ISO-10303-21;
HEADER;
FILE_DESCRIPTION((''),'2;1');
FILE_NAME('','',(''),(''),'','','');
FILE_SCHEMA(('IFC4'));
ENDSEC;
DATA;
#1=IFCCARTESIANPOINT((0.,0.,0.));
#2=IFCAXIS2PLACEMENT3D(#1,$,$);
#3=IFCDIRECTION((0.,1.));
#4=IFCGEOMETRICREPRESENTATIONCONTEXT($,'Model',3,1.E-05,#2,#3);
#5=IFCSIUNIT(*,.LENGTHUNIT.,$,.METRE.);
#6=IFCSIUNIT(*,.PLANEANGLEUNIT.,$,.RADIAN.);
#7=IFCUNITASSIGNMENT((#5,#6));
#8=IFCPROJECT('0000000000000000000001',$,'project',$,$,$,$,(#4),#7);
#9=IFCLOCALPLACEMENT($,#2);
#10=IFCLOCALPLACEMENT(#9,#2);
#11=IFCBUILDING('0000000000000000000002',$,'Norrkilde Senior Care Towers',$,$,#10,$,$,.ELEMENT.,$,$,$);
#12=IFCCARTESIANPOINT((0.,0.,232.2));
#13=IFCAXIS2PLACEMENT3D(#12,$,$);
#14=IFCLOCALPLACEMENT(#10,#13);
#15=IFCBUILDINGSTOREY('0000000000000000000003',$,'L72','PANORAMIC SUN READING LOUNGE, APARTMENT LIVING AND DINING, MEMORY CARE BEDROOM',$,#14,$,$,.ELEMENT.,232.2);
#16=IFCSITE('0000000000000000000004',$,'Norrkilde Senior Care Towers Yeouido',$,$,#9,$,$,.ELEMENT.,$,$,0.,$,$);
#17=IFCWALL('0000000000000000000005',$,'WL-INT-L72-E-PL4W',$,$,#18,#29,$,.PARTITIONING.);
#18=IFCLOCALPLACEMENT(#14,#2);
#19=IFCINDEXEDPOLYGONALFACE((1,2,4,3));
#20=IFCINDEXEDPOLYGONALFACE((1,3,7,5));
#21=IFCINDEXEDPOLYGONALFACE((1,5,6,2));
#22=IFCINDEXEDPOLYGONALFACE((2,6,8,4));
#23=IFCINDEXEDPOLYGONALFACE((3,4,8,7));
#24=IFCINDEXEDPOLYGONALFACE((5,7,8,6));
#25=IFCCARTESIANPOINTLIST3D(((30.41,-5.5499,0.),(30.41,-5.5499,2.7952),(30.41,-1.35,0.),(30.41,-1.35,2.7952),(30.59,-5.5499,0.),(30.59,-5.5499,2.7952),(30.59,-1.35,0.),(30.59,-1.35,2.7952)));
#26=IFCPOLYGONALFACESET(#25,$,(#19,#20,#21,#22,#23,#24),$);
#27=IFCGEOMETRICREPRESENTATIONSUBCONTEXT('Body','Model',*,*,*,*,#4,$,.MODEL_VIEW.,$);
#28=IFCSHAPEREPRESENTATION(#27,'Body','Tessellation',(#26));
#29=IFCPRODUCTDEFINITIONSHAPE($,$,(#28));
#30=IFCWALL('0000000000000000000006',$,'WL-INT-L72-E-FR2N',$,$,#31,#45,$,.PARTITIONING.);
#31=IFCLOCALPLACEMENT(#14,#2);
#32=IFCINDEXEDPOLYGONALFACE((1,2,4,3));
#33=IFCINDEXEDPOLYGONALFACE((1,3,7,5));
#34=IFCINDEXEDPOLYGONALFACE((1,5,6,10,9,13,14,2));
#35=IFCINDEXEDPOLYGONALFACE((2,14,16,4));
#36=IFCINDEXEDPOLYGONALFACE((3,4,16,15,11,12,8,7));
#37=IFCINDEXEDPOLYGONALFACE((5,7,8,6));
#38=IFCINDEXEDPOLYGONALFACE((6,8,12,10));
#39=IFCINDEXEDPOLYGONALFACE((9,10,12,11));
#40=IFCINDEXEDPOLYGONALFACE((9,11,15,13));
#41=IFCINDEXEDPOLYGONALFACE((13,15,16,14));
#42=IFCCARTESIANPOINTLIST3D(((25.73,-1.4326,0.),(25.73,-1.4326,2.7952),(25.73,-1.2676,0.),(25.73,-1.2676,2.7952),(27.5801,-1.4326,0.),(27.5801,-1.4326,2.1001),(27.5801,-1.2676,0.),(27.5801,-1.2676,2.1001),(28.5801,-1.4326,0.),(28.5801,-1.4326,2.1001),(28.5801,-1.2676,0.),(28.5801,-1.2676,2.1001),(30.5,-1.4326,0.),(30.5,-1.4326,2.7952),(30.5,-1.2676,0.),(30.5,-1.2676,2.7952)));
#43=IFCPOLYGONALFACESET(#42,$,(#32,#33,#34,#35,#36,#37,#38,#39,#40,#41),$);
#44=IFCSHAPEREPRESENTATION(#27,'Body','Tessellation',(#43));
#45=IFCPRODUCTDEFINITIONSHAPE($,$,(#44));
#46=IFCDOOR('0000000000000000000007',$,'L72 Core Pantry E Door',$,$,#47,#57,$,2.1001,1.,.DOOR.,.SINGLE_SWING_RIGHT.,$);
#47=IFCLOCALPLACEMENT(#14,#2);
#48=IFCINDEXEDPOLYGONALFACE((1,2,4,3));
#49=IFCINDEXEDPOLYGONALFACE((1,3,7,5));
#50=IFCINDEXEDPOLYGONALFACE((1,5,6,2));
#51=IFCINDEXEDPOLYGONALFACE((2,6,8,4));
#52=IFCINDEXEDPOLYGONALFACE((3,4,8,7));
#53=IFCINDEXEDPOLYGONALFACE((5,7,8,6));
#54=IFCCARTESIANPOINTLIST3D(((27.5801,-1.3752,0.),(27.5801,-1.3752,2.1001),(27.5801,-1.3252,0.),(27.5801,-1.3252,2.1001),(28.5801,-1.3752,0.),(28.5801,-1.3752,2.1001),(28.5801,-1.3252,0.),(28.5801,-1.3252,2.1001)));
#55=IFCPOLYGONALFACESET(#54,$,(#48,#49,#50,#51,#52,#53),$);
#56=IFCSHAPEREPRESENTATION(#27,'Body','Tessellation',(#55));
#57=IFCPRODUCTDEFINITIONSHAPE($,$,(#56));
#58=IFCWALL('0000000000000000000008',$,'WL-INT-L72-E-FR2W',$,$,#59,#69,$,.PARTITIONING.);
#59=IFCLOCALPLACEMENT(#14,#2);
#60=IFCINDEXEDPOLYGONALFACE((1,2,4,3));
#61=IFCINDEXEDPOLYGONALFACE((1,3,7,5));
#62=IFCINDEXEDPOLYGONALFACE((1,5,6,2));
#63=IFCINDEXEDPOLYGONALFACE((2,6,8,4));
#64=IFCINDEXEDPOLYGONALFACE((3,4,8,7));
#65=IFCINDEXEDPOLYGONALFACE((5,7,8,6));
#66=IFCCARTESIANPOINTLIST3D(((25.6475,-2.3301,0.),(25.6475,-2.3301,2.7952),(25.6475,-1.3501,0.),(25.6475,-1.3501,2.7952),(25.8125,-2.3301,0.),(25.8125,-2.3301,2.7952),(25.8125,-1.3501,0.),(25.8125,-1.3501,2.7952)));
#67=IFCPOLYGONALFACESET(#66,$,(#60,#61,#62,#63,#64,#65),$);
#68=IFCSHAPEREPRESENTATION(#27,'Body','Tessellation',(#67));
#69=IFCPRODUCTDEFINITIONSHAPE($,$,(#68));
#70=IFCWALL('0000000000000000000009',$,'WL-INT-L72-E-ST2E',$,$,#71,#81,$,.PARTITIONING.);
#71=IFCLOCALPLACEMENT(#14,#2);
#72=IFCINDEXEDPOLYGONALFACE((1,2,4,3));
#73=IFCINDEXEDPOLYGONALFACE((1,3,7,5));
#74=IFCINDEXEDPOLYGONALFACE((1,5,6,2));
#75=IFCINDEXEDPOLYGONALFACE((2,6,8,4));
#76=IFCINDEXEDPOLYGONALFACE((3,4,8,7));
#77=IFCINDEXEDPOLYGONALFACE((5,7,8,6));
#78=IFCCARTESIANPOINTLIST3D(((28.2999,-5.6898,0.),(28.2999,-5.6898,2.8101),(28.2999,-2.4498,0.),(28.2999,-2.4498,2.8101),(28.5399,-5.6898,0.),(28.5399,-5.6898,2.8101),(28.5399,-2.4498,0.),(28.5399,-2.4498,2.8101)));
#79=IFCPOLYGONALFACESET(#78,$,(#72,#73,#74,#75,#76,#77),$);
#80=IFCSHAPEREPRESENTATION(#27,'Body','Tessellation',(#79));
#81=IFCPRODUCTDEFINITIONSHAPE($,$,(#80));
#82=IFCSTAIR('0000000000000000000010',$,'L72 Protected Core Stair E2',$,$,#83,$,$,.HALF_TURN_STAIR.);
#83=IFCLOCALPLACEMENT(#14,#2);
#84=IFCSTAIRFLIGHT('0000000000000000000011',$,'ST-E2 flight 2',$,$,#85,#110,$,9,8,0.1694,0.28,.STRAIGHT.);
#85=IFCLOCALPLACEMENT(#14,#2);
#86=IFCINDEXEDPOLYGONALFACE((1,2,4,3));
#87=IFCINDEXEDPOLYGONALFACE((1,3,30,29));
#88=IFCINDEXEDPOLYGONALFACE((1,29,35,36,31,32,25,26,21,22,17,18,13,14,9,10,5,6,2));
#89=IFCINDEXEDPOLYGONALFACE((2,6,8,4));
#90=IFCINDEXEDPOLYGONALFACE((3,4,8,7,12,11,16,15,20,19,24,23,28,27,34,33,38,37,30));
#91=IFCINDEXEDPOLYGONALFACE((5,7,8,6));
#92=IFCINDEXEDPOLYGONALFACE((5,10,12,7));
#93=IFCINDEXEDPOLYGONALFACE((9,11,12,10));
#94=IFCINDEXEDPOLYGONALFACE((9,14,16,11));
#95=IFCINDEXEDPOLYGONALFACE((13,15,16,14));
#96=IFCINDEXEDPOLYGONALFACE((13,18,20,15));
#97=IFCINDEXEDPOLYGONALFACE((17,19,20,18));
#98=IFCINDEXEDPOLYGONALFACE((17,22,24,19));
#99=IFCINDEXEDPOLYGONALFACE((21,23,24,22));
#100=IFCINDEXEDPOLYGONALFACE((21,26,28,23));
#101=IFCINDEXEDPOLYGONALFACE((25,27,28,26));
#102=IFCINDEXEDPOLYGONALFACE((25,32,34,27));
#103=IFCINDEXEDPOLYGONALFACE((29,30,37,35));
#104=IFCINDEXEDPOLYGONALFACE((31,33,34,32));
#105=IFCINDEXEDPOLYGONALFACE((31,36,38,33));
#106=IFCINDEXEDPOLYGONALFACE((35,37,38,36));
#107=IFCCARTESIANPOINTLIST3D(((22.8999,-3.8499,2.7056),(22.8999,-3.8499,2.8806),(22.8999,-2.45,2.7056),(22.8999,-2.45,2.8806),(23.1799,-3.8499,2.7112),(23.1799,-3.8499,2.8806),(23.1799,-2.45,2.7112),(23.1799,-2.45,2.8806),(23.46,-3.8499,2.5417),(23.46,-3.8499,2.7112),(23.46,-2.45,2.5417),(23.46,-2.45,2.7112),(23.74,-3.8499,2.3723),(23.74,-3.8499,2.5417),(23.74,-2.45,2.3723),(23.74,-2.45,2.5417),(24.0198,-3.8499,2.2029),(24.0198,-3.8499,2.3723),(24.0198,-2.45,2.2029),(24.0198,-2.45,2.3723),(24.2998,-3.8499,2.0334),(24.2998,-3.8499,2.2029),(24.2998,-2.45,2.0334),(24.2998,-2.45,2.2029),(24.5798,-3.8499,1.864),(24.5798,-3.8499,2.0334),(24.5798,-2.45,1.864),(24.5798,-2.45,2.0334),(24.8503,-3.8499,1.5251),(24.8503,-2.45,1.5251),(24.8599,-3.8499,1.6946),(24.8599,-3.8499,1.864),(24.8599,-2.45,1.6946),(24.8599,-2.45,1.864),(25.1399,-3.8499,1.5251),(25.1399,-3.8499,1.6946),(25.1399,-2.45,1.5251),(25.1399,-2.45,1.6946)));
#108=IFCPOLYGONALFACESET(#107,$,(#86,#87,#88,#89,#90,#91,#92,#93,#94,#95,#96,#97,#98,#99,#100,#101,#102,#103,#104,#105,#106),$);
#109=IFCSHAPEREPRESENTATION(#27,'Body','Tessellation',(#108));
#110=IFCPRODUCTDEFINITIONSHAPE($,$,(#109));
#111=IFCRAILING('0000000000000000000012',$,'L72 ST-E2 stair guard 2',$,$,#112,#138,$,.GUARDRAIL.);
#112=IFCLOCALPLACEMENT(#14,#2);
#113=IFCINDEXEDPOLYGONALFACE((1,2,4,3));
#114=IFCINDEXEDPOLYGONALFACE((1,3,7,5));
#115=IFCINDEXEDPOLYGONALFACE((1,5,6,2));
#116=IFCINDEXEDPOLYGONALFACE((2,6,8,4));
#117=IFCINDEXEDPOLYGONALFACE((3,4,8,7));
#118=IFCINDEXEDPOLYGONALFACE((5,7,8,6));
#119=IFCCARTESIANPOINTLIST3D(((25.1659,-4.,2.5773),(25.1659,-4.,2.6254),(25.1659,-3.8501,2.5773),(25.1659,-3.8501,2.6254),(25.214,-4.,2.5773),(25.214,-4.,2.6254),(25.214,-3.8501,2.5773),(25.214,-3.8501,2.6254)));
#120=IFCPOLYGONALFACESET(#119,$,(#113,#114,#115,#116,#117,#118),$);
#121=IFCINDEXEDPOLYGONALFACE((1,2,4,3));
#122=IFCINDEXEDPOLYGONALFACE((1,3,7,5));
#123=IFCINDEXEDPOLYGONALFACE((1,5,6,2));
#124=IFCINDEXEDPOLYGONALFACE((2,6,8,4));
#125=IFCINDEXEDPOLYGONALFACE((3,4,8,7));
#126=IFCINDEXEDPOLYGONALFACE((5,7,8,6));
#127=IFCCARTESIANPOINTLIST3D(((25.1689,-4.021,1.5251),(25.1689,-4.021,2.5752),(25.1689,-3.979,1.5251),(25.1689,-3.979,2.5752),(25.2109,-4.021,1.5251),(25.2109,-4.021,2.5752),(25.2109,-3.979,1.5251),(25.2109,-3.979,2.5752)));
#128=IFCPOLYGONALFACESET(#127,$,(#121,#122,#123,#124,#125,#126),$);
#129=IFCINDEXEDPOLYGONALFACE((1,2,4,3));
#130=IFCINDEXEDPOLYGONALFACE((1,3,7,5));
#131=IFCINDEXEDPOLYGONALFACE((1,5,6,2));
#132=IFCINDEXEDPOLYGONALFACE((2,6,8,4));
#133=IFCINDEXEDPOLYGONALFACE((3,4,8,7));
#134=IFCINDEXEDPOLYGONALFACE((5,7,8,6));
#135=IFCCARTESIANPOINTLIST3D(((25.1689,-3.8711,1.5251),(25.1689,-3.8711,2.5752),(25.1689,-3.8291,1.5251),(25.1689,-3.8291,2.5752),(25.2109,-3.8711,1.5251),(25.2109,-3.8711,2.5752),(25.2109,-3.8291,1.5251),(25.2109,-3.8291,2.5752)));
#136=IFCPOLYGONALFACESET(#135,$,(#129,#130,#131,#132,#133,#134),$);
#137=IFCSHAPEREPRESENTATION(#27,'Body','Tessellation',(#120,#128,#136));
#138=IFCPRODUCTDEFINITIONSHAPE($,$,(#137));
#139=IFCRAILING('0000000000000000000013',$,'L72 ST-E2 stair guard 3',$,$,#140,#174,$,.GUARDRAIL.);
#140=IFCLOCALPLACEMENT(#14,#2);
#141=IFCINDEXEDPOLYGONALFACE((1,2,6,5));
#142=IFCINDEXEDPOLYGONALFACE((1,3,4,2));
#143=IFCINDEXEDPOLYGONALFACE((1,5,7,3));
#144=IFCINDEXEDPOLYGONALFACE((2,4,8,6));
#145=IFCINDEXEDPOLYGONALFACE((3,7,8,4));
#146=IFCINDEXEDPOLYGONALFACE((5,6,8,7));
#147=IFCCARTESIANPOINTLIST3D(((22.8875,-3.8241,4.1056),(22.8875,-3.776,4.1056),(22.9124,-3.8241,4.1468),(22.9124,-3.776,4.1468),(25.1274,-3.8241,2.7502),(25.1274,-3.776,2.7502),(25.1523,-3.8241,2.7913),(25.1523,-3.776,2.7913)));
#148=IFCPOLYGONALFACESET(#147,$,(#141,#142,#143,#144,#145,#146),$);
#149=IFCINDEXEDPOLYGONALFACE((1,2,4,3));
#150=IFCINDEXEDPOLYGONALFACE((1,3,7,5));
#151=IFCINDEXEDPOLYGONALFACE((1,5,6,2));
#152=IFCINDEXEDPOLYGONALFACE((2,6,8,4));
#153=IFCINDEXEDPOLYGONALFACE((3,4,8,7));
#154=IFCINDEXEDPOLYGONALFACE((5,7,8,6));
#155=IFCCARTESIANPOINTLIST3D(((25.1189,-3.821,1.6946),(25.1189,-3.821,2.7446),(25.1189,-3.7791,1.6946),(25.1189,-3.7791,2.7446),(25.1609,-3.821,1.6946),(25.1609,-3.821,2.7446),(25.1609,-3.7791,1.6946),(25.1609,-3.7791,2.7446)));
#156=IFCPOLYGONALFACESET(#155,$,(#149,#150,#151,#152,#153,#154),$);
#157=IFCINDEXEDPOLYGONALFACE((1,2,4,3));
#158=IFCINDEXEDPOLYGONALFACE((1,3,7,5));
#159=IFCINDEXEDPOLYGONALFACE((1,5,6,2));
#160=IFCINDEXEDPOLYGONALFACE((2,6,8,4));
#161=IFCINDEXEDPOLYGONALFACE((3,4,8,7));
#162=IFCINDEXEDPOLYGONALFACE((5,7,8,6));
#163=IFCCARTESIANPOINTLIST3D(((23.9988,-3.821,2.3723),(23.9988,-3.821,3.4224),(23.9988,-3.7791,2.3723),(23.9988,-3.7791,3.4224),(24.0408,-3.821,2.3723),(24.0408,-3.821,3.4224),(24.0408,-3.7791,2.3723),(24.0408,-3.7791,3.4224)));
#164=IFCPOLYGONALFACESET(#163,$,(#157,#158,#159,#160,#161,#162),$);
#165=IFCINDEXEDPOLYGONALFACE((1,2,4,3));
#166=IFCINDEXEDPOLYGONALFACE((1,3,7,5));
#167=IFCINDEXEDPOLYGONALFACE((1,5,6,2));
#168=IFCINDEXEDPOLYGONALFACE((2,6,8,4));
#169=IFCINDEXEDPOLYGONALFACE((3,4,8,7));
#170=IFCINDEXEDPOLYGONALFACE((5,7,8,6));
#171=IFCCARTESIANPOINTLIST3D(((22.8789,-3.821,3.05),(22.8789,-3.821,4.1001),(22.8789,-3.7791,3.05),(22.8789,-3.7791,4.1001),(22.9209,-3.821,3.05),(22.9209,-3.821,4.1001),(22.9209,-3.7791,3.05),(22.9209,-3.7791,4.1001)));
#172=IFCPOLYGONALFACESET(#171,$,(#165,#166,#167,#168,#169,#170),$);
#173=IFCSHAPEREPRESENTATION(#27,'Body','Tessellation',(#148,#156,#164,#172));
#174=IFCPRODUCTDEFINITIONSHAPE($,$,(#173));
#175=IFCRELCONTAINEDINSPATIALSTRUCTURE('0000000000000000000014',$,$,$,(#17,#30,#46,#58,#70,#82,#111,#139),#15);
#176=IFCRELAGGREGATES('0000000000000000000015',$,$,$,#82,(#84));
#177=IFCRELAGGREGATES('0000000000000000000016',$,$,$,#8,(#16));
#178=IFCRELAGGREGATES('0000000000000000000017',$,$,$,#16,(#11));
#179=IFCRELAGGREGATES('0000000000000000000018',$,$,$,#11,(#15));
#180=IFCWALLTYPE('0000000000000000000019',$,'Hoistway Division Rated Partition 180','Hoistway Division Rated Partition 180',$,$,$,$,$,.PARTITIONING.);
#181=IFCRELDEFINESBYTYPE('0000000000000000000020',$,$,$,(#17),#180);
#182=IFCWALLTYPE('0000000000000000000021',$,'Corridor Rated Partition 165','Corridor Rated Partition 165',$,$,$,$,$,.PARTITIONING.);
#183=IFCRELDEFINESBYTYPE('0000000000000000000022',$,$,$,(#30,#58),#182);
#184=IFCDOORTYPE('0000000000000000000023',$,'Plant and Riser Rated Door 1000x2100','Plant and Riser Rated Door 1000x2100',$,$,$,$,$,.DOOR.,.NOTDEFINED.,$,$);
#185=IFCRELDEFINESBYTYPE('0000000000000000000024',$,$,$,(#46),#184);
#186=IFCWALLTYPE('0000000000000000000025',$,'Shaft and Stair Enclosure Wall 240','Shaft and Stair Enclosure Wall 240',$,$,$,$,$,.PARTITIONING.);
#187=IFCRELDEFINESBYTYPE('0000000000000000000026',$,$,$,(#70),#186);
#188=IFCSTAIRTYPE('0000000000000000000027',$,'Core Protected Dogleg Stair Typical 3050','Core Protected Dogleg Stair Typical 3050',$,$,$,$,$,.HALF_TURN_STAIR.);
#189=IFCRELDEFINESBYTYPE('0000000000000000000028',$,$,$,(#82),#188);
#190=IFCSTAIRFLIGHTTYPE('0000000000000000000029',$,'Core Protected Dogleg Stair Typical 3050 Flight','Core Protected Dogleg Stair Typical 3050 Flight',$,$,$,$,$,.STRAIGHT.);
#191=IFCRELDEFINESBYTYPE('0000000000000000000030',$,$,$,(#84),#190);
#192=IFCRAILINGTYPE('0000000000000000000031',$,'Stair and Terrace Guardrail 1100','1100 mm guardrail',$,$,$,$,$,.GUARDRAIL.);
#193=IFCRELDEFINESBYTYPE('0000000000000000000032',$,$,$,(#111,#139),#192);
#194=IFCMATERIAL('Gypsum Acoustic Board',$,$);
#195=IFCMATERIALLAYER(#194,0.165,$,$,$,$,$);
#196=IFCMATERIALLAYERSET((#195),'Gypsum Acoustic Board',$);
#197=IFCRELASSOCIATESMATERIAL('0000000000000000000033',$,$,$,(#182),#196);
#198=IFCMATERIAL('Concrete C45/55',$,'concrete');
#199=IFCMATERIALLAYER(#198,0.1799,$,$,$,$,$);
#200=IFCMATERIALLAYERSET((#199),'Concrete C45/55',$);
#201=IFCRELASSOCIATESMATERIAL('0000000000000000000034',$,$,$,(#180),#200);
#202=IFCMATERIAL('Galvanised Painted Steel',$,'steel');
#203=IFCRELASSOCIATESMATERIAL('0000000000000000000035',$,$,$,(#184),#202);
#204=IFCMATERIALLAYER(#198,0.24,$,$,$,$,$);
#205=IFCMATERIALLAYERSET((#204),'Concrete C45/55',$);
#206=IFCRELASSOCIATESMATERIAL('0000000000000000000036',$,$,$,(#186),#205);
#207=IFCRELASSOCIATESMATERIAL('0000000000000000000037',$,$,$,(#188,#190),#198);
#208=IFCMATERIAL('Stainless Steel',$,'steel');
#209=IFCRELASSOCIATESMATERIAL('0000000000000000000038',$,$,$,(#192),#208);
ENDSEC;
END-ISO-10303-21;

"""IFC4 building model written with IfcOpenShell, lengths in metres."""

from ifc_helpers import new_model, si_unit, direction, frame, frame_2d, origin, origin_2d, place, context, subcontext, project, spatial, polyline, rectangle, outline, extrude, source, transform, mapped, material, layer, layer_set, type_object, type_shapes, element, fill, aggregate, save


model = new_model("IFC4")

# Units and contexts
model_context = context("Model", 3, precision=1e-05, world=origin(), true_north=direction((0.0, 1.0)))
body_context = subcontext(model_context, "Body", "Model", "MODEL_VIEW")
ifc_project = project(units=[si_unit("LENGTHUNIT", "METRE"), si_unit("PLANEANGLEUNIT", "RADIAN")], contexts=[model_context])

# Site, building, storey
site_placement = place(None, origin())
site = spatial("IfcSite", under=ifc_project, at=site_placement, Name="Norrkilde Senior Care Towers Yeouido", CompositionType="ELEMENT", RefElevation=0.0)
building_placement = place(site_placement, origin())
building = spatial("IfcBuilding", under=site, at=building_placement, Name="Norrkilde Senior Care Towers", CompositionType="ELEMENT")
storey_placement = place(building_placement, frame((0.0, 0.0, 232.2)))
storey = spatial("IfcBuildingStorey", under=building, at=storey_placement, Name="L72", Description="PANORAMIC SUN READING LOUNGE, APARTMENT LIVING AND DINING, MEMORY CARE BEDROOM", CompositionType="ELEMENT", Elevation=232.2)

# Shared definitions
ifc_material_1 = material(Name="Concrete C45/55", Category="concrete")
ifc_material_2 = material(Name="Stainless Steel", Category="steel")

# Shared definitions
ifc_material_3 = material(Name="Galvanised Painted Steel", Category="steel")

# Shared definitions
ifc_material_4 = material(Name="Gypsum Acoustic Board")

# Shared definitions
ifc_layer_1 = layer(ifc_material_4, 0.165)
ifc_layer_set_1 = layer_set([ifc_layer_1], Name="Gypsum Acoustic Board")
wall_type_1 = type_object("IfcWallType", Name="Corridor Rated Partition 165", Description="Corridor Rated Partition 165", PredefinedType="PARTITIONING", material=ifc_layer_set_1)

# Wall
ifc_layer_2 = layer(ifc_material_1, 0.1799)
ifc_layer_set_2 = layer_set([ifc_layer_2], Name="Concrete C45/55")
wall_type_2 = type_object("IfcWallType", Name="Hoistway Division Rated Partition 180", Description="Hoistway Division Rated Partition 180", PredefinedType="PARTITIONING", material=ifc_layer_set_2)
shared_shape_1 = source(origin(), body_context, "Body", "SweptSolid", [
    extrude(rectangle(XDim=4.2, YDim=0.1799, at=frame_2d((2.1001, 0.0))), origin(), (0.0, 0.0, 1.0), 2.7952),
])
type_shapes(wall_type_2, [shared_shape_1])
wall_1_placement = place(storey_placement, frame((30.5, -5.55, 0.0), z_axis=(0.0, 0.0, 1.0), x_axis=(0.0, 1.0, 0.0)))
element("IfcWall", 1, at=wall_1_placement, inside=storey, type_object=wall_type_2, Name="WL-INT-L72-E-PL4W", PredefinedType="PARTITIONING", context=body_context, shape_type="MappedRepresentation", body=[
    mapped(shared_shape_1, transform((0.0, 0.0, 0.0), x_axis=(1.0, 0.0, 0.0), y_axis=(0.0, 1.0, 0.0), z_axis=(0.0, 0.0, 1.0), scale=1.0)),
])

# Wall, opening, door
shared_shape_2 = source(origin(), body_context, "Body", "SweptSolid", [
    extrude(rectangle(XDim=4.77, YDim=0.165, at=frame_2d((2.385, 0.0))), origin(), (0.0, 0.0, 1.0), 2.7952),
])
wall_2_placement = place(storey_placement, frame((25.73, -1.3501, 0.0), z_axis=(0.0, 0.0, 1.0), x_axis=(1.0, 0.0, 0.0)))
wall_2 = element("IfcWall", 2, at=wall_2_placement, inside=storey, type_object=wall_type_1, Name="WL-INT-L72-E-FR2N", PredefinedType="PARTITIONING", context=body_context, shape_type="MappedRepresentation", body=[
    mapped(shared_shape_2, transform((0.0, 0.0, 0.0), x_axis=(1.0, 0.0, 0.0), y_axis=(0.0, 1.0, 0.0), z_axis=(0.0, 0.0, 1.0), scale=1.0)),
])
opening_1_placement = place(wall_2_placement, frame((1.8501, 0.0, 0.0)))
opening_1 = element("IfcOpeningElement", 3, at=opening_1_placement, cuts=wall_2, PredefinedType="OPENING", context=body_context, shape_type="SweptSolid", body=[
    extrude(rectangle(XDim=1.0, YDim=2.1001, at=frame_2d((0.5, 1.05))), frame((0.0, 0.0925, 0.0), z_axis=(0.0, -1.0, 0.0), x_axis=(1.0, 0.0, 0.0)), (0.0, 0.0, 1.0), 0.1851),
])
door_type_1 = type_object("IfcDoorType", Name="Plant and Riser Rated Door 1000x2100", Description="Plant and Riser Rated Door 1000x2100", OperationType="NOTDEFINED", PredefinedType="DOOR", material=ifc_material_3)
shared_shape_3 = source(origin(), body_context, "Body", "SweptSolid", [
    extrude(rectangle(XDim=1.0, YDim=2.1001, at=frame_2d((0.5, 1.05))), frame((0.0, 0.0249, 0.0), z_axis=(0.0, -1.0, 0.0), x_axis=(1.0, 0.0, 0.0)), (0.0, 0.0, 1.0), 0.05),
])
type_shapes(door_type_1, [shared_shape_3])
door_1_placement = place(opening_1_placement, origin())
door_1 = element("IfcDoor", 4, at=door_1_placement, inside=storey, type_object=door_type_1, Name="L72 Core Pantry E Door", OperationType="SINGLE_SWING_RIGHT", OverallHeight=2.1001, OverallWidth=1.0, PredefinedType="DOOR", context=body_context, shape_type="MappedRepresentation", body=[
    mapped(shared_shape_3, transform((0.0, 0.0, 0.0), x_axis=(1.0, 0.0, 0.0), y_axis=(0.0, 1.0, 0.0), z_axis=(0.0, 0.0, 1.0), scale=1.0)),
])
fill(opening_1, door_1)

# Walls
shared_shape_4 = source(origin(), body_context, "Body", "SweptSolid", [
    extrude(rectangle(XDim=0.98, YDim=0.165, at=frame_2d((0.49, 0.0))), origin(), (0.0, 0.0, 1.0), 2.7952),
])
wall_3_placement = place(storey_placement, frame((25.73, -2.3301, 0.0), z_axis=(0.0, 0.0, 1.0), x_axis=(0.0, 1.0, 0.0)))
element("IfcWall", 5, at=wall_3_placement, inside=storey, type_object=wall_type_1, Name="WL-INT-L72-E-FR2W", PredefinedType="PARTITIONING", context=body_context, shape_type="MappedRepresentation", body=[
    mapped(shared_shape_4, transform((0.0, 0.0, 0.0), x_axis=(1.0, 0.0, 0.0), y_axis=(0.0, 1.0, 0.0), z_axis=(0.0, 0.0, 1.0), scale=1.0)),
])
ifc_layer_3 = layer(ifc_material_1, 0.24)
ifc_layer_set_3 = layer_set([ifc_layer_3], Name="Concrete C45/55")
wall_type_3 = type_object("IfcWallType", Name="Shaft and Stair Enclosure Wall 240", Description="Shaft and Stair Enclosure Wall 240", PredefinedType="PARTITIONING", material=ifc_layer_set_3)
shared_shape_5 = source(origin(), body_context, "Body", "SweptSolid", [
    extrude(rectangle(XDim=3.24, YDim=0.24, at=frame_2d((1.6201, 0.0))), origin(), (0.0, 0.0, 1.0), 2.8101),
])
type_shapes(wall_type_3, [shared_shape_5])
wall_4_placement = place(storey_placement, frame((28.4199, -5.6899, 0.0), z_axis=(0.0, 0.0, 1.0), x_axis=(0.0, 1.0, 0.0)))
element("IfcWall", 6, at=wall_4_placement, inside=storey, type_object=wall_type_3, Name="WL-INT-L72-E-ST2E", PredefinedType="PARTITIONING", context=body_context, shape_type="MappedRepresentation", body=[
    mapped(shared_shape_5, transform((0.0, 0.0, 0.0), x_axis=(1.0, 0.0, 0.0), y_axis=(0.0, 1.0, 0.0), z_axis=(0.0, 0.0, 1.0), scale=1.0)),
])

# Stair, stair flight
stair_type = type_object("IfcStairType", Name="Core Protected Dogleg Stair Typical 3050", Description="Core Protected Dogleg Stair Typical 3050", PredefinedType="HALF_TURN_STAIR", material=ifc_material_1)
stair_placement = place(storey_placement, origin())
stair = element("IfcStair", 7, at=stair_placement, inside=storey, type_object=stair_type, Name="L72 Protected Core Stair E2", PredefinedType="HALF_TURN_STAIR")
stair_flight_type = type_object("IfcStairFlightType", Name="Core Protected Dogleg Stair Typical 3050 Flight", Description="Core Protected Dogleg Stair Typical 3050 Flight", PredefinedType="STRAIGHT", material=ifc_material_1)
stair_flight_placement = place(storey_placement, frame((25.1399, -3.1499, 1.5251), z_axis=(0.0, 0.0, 1.0), x_axis=(-1.0, 0.0, 0.0)))
stair_flight = element("IfcStairFlight", 8, at=stair_flight_placement, type_object=stair_flight_type, Name="ST-E2 flight 2", NumberOfRisers=9, NumberOfTreads=8, PredefinedType="STRAIGHT", RiserHeight=0.1694, TreadLength=0.28, context=body_context, shape_type="SweptSolid", body=[
    extrude(outline(polyline([(0.0, 0.0), (0.0, 0.1694), (0.28, 0.1694), (0.28, 0.3389), (0.5601, 0.3389), (0.5601, 0.5083), (0.8401, 0.5083), (0.8401, 0.6777), (1.1201, 0.6777), (1.1201, 0.8472), (1.3999, 0.8472), (1.3999, 1.0166), (1.6799, 1.0166), (1.6799, 1.186), (1.96, 1.186), (1.96, 1.3555), (2.24, 1.3555), (2.24, 1.5249), (2.24, 1.1804), (0.2896, 0.0), (0.0, 0.0)])), frame((0.0, 0.7, 0.0), z_axis=(0.0, -1.0, 0.0), x_axis=(1.0, 0.0, 0.0)), (0.0, 0.0, 1.0), 1.3999),
])
aggregate(stair, [stair_flight])

# Railings
railing_type_1 = type_object("IfcRailingType", Name="Stair and Terrace Guardrail 1100", Description="1100 mm guardrail", PredefinedType="GUARDRAIL", material=ifc_material_2)
railing_1_placement = place(storey_placement, frame((25.1899, -4.0, 1.5251)))
element("IfcRailing", 9, at=railing_1_placement, inside=storey, type_object=railing_type_1, Name="L72 ST-E2 stair guard 2", PredefinedType="GUARDRAIL", context=body_context, shape_type="SweptSolid", body=[
    extrude(rectangle(XDim=0.0481, YDim=0.0481, at=origin_2d()), frame((0.0, 0.0, 1.0762), z_axis=(0.0, 1.0, 0.0), x_axis=(-1.0, 0.0, 0.0)), (0.0, 0.0, 1.0), 0.1499),
    extrude(rectangle(XDim=0.042, YDim=0.042, at=origin_2d()), origin(), (0.0, 0.0, 1.0), 1.05),
    extrude(rectangle(XDim=0.042, YDim=0.042, at=origin_2d()), frame((0.0, 0.1499, 0.0)), (0.0, 0.0, 1.0), 1.05),
])
railing_2_placement = place(storey_placement, frame((25.1399, -3.8, 1.6946)))
element("IfcRailing", 10, at=railing_2_placement, inside=storey, type_object=railing_type_1, Name="L72 ST-E2 stair guard 3", PredefinedType="GUARDRAIL", context=body_context, shape_type="SweptSolid", body=[
    extrude(rectangle(XDim=0.0481, YDim=0.0481, at=origin_2d()), frame((0.0, 0.0, 1.0762), z_axis=(-0.855553, 0.0, 0.517715), x_axis=(0.0, -1.0, 0.0)), (0.0, 0.0, 1.0), 2.6182),
    extrude(rectangle(XDim=0.042, YDim=0.042, at=origin_2d()), origin(), (0.0, 0.0, 1.0), 1.05),
    extrude(rectangle(XDim=0.042, YDim=0.042, at=origin_2d()), frame((-1.1201, 0.0, 0.6777)), (0.0, 0.0, 1.0), 1.05),
    extrude(rectangle(XDim=0.042, YDim=0.042, at=origin_2d()), frame((-2.24, 0.0, 1.3555)), (0.0, 0.0, 1.0), 1.05),
])

save(model, "model.ifc")
